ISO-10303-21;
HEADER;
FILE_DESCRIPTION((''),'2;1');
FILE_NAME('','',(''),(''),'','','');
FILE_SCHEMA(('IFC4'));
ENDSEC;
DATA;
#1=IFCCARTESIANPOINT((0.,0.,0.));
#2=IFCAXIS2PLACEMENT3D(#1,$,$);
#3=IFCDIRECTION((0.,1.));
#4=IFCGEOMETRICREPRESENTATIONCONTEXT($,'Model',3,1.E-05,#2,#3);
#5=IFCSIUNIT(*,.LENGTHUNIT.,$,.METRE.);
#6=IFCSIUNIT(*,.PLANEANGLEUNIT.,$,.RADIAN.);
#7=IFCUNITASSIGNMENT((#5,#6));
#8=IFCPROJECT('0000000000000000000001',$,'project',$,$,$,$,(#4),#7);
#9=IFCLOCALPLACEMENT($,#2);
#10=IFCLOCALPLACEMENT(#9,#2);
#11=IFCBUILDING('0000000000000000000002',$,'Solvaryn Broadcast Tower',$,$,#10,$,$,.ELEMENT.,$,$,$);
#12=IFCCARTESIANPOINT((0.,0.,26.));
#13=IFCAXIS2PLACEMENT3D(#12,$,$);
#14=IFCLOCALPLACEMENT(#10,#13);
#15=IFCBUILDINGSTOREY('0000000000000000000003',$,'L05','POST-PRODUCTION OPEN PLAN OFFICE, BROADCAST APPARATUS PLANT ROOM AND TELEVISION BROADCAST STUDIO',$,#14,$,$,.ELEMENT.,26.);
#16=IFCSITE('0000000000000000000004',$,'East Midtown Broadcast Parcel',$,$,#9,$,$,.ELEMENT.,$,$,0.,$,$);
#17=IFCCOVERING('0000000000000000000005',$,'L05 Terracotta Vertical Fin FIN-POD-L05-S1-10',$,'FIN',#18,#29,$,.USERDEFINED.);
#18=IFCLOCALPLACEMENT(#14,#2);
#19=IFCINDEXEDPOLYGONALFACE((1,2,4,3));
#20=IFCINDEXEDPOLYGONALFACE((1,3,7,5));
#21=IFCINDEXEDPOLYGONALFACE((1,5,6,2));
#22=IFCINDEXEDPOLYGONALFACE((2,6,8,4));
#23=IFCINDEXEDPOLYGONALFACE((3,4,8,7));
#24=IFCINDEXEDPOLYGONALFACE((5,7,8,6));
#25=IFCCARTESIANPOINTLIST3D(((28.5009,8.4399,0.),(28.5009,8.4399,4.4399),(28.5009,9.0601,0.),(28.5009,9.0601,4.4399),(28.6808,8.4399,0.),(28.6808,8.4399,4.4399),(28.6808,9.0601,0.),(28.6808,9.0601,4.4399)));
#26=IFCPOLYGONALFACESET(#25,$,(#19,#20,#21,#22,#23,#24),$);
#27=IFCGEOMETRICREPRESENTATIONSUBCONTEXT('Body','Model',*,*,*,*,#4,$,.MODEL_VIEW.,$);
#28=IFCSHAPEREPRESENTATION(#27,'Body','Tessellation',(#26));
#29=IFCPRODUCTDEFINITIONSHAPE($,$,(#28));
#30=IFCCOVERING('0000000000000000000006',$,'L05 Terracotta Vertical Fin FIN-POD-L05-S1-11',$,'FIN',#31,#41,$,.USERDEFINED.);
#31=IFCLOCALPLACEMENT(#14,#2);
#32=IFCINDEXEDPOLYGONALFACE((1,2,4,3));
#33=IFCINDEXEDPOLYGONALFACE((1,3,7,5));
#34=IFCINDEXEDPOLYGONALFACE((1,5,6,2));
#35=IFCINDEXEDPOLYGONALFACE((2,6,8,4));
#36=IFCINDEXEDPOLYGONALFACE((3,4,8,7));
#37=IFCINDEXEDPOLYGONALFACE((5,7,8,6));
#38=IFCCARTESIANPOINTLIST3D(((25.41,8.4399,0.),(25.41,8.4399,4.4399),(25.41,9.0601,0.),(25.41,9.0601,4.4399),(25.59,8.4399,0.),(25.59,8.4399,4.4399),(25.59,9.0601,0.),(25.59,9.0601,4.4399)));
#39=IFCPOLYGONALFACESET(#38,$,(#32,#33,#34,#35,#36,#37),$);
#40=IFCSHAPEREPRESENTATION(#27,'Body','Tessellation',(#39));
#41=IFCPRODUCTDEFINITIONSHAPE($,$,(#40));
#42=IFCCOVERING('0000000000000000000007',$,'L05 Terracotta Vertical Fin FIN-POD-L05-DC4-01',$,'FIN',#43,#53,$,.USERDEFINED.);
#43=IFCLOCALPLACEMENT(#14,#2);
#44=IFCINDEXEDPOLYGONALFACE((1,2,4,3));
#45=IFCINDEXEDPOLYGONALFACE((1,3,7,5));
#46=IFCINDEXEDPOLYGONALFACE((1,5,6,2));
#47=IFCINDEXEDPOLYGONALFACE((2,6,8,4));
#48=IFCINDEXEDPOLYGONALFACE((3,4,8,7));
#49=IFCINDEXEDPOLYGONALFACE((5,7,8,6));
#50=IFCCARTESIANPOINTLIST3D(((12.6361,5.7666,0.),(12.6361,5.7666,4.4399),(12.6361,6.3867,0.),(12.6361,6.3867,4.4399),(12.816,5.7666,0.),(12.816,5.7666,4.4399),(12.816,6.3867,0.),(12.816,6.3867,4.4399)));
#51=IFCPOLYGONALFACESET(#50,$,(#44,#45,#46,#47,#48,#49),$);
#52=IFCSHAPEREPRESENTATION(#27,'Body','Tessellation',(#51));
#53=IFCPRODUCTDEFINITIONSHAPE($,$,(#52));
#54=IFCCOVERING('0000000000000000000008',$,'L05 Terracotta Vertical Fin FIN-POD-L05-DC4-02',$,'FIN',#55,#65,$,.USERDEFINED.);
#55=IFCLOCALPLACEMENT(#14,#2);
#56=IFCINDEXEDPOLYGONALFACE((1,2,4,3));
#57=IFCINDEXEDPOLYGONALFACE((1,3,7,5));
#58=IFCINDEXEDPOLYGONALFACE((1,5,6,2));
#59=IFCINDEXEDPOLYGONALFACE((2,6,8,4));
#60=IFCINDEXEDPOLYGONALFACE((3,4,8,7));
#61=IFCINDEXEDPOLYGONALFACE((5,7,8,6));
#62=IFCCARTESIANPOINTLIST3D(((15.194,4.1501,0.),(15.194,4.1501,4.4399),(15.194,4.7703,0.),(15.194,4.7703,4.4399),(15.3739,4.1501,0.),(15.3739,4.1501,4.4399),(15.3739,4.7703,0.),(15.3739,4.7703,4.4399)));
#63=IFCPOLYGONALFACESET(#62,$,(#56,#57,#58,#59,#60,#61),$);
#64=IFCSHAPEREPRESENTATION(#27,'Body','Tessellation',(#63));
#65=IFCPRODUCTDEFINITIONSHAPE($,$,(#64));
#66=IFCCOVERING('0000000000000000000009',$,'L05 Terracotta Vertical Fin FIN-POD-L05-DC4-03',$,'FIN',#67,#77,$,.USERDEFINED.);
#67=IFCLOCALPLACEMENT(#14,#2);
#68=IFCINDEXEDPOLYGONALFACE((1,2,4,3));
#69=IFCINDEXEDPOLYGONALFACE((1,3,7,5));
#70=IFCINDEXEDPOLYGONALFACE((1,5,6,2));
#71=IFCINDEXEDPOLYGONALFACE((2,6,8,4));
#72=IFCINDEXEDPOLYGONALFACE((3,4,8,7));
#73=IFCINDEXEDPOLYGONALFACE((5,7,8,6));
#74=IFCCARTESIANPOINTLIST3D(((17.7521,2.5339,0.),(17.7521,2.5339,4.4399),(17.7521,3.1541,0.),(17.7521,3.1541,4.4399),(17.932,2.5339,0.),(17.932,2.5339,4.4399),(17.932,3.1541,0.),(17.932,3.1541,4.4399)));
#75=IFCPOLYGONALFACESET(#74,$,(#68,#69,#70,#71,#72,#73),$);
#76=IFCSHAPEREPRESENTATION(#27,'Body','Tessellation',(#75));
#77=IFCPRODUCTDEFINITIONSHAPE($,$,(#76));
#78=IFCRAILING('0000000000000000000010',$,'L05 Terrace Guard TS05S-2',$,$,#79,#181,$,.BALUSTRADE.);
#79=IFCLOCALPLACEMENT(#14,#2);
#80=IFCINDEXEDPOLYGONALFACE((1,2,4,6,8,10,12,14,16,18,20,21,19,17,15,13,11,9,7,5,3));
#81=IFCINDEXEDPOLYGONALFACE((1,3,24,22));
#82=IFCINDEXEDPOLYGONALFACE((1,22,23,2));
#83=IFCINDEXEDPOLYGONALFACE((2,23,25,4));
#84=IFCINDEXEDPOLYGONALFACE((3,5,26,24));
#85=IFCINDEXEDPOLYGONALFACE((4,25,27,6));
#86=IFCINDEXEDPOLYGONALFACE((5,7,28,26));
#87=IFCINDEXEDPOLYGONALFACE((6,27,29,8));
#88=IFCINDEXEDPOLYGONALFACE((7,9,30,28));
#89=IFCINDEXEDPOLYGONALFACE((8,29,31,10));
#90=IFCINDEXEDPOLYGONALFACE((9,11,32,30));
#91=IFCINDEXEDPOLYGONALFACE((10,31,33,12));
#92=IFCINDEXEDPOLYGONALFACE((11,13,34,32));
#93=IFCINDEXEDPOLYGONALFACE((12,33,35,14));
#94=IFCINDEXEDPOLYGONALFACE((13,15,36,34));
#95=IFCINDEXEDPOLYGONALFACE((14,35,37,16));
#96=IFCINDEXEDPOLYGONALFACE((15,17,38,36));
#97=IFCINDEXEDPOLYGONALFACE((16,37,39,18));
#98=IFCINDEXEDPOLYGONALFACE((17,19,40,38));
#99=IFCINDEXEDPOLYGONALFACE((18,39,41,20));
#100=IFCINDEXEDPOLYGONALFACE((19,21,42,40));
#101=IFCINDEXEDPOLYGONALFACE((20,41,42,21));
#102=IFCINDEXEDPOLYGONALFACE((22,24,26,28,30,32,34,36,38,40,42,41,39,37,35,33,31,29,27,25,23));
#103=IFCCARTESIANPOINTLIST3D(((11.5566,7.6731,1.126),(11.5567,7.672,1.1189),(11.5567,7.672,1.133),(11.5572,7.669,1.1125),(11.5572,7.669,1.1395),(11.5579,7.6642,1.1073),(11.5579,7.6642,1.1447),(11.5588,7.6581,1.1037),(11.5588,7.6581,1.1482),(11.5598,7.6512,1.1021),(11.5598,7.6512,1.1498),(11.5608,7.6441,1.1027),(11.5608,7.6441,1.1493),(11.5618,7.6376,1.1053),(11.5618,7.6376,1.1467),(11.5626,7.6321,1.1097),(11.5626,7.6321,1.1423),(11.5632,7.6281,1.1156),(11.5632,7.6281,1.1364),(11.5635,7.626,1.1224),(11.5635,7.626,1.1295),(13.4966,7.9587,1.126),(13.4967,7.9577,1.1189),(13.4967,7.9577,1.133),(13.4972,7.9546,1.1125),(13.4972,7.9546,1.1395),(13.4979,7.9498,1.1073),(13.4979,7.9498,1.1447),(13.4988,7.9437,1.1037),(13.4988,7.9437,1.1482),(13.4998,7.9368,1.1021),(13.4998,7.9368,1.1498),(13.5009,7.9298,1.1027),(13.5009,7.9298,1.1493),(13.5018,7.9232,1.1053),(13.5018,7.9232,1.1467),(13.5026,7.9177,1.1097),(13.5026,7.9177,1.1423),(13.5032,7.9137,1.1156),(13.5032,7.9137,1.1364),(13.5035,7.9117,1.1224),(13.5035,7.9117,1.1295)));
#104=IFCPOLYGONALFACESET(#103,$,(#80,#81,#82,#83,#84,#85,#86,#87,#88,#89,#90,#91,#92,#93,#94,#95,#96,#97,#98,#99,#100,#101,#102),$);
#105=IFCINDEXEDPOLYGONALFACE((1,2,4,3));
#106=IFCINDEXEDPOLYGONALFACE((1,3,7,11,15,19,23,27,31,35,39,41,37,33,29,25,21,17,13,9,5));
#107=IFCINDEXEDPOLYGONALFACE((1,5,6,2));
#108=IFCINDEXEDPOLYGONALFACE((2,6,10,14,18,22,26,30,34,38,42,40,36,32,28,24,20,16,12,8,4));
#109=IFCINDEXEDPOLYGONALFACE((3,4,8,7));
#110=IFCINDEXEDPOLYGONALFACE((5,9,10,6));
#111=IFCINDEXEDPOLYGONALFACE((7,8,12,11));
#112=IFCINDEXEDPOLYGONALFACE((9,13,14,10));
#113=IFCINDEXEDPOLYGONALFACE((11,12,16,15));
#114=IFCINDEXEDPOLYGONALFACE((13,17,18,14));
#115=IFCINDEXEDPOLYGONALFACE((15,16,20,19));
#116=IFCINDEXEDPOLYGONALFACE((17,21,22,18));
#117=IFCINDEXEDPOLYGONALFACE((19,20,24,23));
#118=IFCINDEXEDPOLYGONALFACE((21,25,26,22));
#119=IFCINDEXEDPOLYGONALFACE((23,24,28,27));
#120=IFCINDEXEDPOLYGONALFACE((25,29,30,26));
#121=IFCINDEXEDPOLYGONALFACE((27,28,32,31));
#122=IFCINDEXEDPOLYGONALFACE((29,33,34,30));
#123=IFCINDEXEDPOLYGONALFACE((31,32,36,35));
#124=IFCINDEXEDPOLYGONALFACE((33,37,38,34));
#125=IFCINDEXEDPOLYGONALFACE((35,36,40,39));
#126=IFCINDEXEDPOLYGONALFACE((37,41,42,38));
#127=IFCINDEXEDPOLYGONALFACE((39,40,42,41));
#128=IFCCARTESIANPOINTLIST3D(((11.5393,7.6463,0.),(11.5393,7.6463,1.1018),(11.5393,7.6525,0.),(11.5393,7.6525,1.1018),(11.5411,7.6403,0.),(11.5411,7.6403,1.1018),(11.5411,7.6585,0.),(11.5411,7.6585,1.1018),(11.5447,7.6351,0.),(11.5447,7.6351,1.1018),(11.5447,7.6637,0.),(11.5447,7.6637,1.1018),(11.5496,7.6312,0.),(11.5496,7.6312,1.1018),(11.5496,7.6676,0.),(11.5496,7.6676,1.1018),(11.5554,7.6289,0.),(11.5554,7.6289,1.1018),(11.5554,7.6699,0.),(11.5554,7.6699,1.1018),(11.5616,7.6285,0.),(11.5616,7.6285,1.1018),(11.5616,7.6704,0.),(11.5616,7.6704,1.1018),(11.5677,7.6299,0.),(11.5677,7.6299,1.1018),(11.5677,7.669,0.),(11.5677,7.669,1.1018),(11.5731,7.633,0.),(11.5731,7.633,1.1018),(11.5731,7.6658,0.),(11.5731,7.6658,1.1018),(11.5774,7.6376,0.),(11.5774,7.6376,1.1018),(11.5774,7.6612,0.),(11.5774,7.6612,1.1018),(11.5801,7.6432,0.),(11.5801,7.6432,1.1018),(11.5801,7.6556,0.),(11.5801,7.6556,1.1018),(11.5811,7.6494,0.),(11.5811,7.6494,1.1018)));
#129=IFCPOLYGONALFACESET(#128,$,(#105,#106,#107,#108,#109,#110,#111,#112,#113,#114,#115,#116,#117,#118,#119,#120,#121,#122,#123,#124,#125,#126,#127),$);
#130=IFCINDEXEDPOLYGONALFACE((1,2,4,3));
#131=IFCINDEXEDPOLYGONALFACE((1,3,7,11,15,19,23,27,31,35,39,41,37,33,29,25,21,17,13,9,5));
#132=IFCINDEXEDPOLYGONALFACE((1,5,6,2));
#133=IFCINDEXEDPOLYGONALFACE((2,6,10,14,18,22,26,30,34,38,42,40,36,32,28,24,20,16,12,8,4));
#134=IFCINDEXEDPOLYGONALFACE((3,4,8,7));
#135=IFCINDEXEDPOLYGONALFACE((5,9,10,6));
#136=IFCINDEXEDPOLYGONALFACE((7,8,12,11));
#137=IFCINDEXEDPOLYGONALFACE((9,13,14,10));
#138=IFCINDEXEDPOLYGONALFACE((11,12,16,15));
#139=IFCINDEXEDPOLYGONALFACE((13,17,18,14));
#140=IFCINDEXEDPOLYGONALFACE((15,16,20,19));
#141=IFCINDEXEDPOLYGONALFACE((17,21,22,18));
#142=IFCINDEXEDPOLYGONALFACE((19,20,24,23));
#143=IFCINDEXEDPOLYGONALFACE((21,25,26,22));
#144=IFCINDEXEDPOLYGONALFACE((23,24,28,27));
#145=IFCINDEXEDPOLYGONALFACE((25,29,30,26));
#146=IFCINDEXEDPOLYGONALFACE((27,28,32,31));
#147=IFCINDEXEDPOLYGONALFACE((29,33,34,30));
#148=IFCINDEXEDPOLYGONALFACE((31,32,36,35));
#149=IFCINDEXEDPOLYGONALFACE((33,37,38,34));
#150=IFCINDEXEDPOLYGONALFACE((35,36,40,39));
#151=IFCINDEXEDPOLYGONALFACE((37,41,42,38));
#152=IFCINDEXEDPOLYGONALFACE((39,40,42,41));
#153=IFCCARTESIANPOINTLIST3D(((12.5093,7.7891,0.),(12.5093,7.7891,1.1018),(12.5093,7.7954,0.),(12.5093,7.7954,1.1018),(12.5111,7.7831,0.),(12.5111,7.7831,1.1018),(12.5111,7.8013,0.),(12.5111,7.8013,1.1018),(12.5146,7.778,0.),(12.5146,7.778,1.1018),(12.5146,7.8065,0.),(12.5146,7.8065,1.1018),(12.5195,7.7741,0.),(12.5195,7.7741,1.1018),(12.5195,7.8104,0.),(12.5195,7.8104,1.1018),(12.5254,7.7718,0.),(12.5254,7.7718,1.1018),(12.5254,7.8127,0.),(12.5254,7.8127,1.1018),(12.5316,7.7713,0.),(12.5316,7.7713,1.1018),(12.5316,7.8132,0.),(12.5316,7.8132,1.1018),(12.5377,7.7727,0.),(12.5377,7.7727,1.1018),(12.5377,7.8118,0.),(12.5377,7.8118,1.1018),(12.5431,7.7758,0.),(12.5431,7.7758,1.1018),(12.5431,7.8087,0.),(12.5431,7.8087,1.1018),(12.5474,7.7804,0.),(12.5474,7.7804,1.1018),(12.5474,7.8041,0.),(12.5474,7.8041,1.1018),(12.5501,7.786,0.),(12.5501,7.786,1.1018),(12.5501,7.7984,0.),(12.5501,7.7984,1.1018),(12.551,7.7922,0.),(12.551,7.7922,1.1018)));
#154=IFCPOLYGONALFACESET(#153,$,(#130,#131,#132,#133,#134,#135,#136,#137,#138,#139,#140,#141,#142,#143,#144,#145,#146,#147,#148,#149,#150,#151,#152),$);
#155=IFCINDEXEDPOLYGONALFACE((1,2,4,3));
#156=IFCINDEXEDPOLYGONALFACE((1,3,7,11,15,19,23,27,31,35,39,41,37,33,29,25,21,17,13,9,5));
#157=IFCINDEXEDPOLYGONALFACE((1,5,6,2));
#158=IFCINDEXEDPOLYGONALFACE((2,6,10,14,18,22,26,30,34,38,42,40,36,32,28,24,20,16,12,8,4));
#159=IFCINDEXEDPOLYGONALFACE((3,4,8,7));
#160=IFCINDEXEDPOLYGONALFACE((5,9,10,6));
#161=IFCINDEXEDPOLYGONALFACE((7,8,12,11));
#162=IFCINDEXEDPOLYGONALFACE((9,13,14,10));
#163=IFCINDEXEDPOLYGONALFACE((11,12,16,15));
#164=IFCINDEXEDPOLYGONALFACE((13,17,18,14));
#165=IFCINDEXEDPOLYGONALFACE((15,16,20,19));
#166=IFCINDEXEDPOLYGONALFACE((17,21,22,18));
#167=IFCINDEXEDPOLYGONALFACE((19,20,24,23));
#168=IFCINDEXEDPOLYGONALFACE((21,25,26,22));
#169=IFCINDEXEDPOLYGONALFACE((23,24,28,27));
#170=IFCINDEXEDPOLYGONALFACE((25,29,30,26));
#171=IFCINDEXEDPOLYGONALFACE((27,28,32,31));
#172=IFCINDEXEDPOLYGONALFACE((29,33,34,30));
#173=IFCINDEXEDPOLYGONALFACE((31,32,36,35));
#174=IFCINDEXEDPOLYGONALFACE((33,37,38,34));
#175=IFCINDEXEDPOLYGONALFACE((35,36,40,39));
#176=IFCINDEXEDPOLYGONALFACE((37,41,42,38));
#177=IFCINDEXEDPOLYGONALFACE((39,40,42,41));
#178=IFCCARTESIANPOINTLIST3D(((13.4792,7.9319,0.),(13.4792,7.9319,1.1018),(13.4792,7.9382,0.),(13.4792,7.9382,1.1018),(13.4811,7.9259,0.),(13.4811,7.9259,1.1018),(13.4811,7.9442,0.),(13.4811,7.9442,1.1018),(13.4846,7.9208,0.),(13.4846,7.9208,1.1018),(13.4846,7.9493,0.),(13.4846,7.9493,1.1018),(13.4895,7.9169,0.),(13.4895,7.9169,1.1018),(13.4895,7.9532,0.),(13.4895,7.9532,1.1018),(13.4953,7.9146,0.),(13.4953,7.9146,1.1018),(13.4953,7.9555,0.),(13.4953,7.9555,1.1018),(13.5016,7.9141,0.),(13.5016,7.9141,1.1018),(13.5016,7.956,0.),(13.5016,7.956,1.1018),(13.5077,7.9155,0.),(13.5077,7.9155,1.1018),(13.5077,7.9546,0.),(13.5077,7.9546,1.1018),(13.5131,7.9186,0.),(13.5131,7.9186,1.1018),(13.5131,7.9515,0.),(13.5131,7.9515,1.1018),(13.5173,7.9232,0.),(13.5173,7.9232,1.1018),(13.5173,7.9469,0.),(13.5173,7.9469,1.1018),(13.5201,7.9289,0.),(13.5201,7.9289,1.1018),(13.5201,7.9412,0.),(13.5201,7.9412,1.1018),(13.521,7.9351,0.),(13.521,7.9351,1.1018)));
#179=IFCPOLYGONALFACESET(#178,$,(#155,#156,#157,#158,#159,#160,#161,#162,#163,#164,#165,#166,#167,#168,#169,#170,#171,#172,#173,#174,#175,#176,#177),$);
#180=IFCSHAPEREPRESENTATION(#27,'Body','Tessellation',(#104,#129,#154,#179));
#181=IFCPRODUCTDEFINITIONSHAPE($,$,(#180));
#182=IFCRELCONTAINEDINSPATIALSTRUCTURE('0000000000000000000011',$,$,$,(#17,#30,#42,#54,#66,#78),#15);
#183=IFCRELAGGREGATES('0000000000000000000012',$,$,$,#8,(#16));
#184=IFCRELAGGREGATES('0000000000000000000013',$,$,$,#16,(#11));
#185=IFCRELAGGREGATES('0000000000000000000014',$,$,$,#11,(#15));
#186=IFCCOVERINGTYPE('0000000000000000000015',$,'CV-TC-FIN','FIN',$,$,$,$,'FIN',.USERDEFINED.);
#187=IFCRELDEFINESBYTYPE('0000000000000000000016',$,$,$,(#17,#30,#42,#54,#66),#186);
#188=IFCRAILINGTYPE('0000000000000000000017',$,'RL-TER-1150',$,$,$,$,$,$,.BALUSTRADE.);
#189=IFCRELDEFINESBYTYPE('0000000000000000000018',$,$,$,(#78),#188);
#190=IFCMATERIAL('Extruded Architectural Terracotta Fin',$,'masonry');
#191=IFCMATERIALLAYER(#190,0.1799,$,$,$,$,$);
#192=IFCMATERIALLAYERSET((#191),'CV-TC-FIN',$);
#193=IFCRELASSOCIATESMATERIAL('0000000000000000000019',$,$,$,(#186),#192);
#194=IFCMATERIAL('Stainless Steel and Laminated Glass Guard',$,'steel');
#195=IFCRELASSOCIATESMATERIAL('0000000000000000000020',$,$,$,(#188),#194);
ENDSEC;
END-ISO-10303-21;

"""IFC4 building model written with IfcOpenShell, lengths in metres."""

from ifc_helpers import new_model, si_unit, direction, frame, origin, origin_2d, place, context, subcontext, project, spatial, rectangle, circle, extrude, material, layer, layer_set, type_object, element, save


model = new_model("IFC4")

# Units and contexts
model_context = context("Model", 3, precision=1e-05, world=origin(), true_north=direction((0.0, 1.0)))
body_context = subcontext(model_context, "Body", "Model", "MODEL_VIEW")
ifc_project = project(units=[si_unit("LENGTHUNIT", "METRE"), si_unit("PLANEANGLEUNIT", "RADIAN")], contexts=[model_context])

# Site, building, storey
site_placement = place(None, origin())
site = spatial("IfcSite", under=ifc_project, at=site_placement, Name="East Midtown Broadcast Parcel", CompositionType="ELEMENT", RefElevation=0.0)
building_placement = place(site_placement, origin())
building = spatial("IfcBuilding", under=site, at=building_placement, Name="Solvaryn Broadcast Tower", CompositionType="ELEMENT")
storey_placement = place(building_placement, frame((0.0, 0.0, 26.0)))
storey = spatial("IfcBuildingStorey", under=building, at=storey_placement, Name="L05", Description="POST-PRODUCTION OPEN PLAN OFFICE, BROADCAST APPARATUS PLANT ROOM AND TELEVISION BROADCAST STUDIO", CompositionType="ELEMENT", Elevation=26.0)

# Coverings
ifc_material_1 = material(Name="Extruded Architectural Terracotta Fin", Category="masonry")
ifc_layer_1 = layer(ifc_material_1, 0.1799)
ifc_layer_set_1 = layer_set([ifc_layer_1], Name="CV-TC-FIN")
covering_type_1 = type_object("IfcCoveringType", Name="CV-TC-FIN", Description="FIN", ElementType="FIN", PredefinedType="USERDEFINED", material=ifc_layer_set_1)
for number, where, z_axis, x_axis, name in (
    (1, (28.5908, 8.75, 0.0), (0.0, 0.0, 1.0), (1.0, 0.0, 0.0), "L05 Terracotta Vertical Fin FIN-POD-L05-S1-10"),
    (2, (25.5, 8.75, 0.0), (0.0, 0.0, 1.0), (1.0, 0.0, 0.0), "L05 Terracotta Vertical Fin FIN-POD-L05-S1-11"),
    (3, (12.7261, 6.0767, 0.0), (0.0, 0.0, 1.0), (1.0, 0.0, 0.0), "L05 Terracotta Vertical Fin FIN-POD-L05-DC4-01"),
    (4, (15.2839, 4.4602, 0.0), (0.0, 0.0, 1.0), (1.0, 0.0, 0.0), "L05 Terracotta Vertical Fin FIN-POD-L05-DC4-02"),
    (5, (17.842, 2.844, 0.0), (0.0, 0.0, 1.0), (1.0, 0.0, 0.0), "L05 Terracotta Vertical Fin FIN-POD-L05-DC4-03"),
):
    element("IfcCovering", number, at=place(storey_placement, frame(where, z_axis=z_axis, x_axis=x_axis)), inside=storey, type_object=covering_type_1, Name=name, ObjectType="FIN", PredefinedType="USERDEFINED", context=body_context, shape_type="SweptSolid", body=[
        extrude(rectangle(XDim=0.1799, YDim=0.6201, at=origin_2d()), origin(), (0.0, 0.0, 1.0), 4.4399),
    ])

# Railing
ifc_material_2 = material(Name="Stainless Steel and Laminated Glass Guard", Category="steel")
railing_type = type_object("IfcRailingType", Name="RL-TER-1150", PredefinedType="BALUSTRADE", material=ifc_material_2)
railing_1_placement = place(storey_placement, frame((11.5601, 7.6494, 0.0)))
element("IfcRailing", 6, at=railing_1_placement, inside=storey, type_object=railing_type, Name="L05 Terrace Guard TS05S-2", PredefinedType="BALUSTRADE", context=body_context, shape_type="SweptSolid", body=[
    extrude(circle(Radius=0.0239, at=origin_2d()), frame((0.0, 0.0, 1.126), z_axis=(0.989333, 0.145673, 0.0), x_axis=(-0.145673, 0.989333, 0.0)), (0.0, 0.0, 1.0), 1.9609),
    extrude(circle(Radius=0.021, at=origin_2d()), origin(), (0.0, 0.0, 1.0), 1.1018),
    extrude(circle(Radius=0.021, at=origin_2d()), frame((0.97, 0.1428, 0.0)), (0.0, 0.0, 1.0), 1.1018),
    extrude(circle(Radius=0.021, at=origin_2d()), frame((1.9399, 0.2856, 0.0)), (0.0, 0.0, 1.0), 1.1018),
])

save(model, "model.ifc")
